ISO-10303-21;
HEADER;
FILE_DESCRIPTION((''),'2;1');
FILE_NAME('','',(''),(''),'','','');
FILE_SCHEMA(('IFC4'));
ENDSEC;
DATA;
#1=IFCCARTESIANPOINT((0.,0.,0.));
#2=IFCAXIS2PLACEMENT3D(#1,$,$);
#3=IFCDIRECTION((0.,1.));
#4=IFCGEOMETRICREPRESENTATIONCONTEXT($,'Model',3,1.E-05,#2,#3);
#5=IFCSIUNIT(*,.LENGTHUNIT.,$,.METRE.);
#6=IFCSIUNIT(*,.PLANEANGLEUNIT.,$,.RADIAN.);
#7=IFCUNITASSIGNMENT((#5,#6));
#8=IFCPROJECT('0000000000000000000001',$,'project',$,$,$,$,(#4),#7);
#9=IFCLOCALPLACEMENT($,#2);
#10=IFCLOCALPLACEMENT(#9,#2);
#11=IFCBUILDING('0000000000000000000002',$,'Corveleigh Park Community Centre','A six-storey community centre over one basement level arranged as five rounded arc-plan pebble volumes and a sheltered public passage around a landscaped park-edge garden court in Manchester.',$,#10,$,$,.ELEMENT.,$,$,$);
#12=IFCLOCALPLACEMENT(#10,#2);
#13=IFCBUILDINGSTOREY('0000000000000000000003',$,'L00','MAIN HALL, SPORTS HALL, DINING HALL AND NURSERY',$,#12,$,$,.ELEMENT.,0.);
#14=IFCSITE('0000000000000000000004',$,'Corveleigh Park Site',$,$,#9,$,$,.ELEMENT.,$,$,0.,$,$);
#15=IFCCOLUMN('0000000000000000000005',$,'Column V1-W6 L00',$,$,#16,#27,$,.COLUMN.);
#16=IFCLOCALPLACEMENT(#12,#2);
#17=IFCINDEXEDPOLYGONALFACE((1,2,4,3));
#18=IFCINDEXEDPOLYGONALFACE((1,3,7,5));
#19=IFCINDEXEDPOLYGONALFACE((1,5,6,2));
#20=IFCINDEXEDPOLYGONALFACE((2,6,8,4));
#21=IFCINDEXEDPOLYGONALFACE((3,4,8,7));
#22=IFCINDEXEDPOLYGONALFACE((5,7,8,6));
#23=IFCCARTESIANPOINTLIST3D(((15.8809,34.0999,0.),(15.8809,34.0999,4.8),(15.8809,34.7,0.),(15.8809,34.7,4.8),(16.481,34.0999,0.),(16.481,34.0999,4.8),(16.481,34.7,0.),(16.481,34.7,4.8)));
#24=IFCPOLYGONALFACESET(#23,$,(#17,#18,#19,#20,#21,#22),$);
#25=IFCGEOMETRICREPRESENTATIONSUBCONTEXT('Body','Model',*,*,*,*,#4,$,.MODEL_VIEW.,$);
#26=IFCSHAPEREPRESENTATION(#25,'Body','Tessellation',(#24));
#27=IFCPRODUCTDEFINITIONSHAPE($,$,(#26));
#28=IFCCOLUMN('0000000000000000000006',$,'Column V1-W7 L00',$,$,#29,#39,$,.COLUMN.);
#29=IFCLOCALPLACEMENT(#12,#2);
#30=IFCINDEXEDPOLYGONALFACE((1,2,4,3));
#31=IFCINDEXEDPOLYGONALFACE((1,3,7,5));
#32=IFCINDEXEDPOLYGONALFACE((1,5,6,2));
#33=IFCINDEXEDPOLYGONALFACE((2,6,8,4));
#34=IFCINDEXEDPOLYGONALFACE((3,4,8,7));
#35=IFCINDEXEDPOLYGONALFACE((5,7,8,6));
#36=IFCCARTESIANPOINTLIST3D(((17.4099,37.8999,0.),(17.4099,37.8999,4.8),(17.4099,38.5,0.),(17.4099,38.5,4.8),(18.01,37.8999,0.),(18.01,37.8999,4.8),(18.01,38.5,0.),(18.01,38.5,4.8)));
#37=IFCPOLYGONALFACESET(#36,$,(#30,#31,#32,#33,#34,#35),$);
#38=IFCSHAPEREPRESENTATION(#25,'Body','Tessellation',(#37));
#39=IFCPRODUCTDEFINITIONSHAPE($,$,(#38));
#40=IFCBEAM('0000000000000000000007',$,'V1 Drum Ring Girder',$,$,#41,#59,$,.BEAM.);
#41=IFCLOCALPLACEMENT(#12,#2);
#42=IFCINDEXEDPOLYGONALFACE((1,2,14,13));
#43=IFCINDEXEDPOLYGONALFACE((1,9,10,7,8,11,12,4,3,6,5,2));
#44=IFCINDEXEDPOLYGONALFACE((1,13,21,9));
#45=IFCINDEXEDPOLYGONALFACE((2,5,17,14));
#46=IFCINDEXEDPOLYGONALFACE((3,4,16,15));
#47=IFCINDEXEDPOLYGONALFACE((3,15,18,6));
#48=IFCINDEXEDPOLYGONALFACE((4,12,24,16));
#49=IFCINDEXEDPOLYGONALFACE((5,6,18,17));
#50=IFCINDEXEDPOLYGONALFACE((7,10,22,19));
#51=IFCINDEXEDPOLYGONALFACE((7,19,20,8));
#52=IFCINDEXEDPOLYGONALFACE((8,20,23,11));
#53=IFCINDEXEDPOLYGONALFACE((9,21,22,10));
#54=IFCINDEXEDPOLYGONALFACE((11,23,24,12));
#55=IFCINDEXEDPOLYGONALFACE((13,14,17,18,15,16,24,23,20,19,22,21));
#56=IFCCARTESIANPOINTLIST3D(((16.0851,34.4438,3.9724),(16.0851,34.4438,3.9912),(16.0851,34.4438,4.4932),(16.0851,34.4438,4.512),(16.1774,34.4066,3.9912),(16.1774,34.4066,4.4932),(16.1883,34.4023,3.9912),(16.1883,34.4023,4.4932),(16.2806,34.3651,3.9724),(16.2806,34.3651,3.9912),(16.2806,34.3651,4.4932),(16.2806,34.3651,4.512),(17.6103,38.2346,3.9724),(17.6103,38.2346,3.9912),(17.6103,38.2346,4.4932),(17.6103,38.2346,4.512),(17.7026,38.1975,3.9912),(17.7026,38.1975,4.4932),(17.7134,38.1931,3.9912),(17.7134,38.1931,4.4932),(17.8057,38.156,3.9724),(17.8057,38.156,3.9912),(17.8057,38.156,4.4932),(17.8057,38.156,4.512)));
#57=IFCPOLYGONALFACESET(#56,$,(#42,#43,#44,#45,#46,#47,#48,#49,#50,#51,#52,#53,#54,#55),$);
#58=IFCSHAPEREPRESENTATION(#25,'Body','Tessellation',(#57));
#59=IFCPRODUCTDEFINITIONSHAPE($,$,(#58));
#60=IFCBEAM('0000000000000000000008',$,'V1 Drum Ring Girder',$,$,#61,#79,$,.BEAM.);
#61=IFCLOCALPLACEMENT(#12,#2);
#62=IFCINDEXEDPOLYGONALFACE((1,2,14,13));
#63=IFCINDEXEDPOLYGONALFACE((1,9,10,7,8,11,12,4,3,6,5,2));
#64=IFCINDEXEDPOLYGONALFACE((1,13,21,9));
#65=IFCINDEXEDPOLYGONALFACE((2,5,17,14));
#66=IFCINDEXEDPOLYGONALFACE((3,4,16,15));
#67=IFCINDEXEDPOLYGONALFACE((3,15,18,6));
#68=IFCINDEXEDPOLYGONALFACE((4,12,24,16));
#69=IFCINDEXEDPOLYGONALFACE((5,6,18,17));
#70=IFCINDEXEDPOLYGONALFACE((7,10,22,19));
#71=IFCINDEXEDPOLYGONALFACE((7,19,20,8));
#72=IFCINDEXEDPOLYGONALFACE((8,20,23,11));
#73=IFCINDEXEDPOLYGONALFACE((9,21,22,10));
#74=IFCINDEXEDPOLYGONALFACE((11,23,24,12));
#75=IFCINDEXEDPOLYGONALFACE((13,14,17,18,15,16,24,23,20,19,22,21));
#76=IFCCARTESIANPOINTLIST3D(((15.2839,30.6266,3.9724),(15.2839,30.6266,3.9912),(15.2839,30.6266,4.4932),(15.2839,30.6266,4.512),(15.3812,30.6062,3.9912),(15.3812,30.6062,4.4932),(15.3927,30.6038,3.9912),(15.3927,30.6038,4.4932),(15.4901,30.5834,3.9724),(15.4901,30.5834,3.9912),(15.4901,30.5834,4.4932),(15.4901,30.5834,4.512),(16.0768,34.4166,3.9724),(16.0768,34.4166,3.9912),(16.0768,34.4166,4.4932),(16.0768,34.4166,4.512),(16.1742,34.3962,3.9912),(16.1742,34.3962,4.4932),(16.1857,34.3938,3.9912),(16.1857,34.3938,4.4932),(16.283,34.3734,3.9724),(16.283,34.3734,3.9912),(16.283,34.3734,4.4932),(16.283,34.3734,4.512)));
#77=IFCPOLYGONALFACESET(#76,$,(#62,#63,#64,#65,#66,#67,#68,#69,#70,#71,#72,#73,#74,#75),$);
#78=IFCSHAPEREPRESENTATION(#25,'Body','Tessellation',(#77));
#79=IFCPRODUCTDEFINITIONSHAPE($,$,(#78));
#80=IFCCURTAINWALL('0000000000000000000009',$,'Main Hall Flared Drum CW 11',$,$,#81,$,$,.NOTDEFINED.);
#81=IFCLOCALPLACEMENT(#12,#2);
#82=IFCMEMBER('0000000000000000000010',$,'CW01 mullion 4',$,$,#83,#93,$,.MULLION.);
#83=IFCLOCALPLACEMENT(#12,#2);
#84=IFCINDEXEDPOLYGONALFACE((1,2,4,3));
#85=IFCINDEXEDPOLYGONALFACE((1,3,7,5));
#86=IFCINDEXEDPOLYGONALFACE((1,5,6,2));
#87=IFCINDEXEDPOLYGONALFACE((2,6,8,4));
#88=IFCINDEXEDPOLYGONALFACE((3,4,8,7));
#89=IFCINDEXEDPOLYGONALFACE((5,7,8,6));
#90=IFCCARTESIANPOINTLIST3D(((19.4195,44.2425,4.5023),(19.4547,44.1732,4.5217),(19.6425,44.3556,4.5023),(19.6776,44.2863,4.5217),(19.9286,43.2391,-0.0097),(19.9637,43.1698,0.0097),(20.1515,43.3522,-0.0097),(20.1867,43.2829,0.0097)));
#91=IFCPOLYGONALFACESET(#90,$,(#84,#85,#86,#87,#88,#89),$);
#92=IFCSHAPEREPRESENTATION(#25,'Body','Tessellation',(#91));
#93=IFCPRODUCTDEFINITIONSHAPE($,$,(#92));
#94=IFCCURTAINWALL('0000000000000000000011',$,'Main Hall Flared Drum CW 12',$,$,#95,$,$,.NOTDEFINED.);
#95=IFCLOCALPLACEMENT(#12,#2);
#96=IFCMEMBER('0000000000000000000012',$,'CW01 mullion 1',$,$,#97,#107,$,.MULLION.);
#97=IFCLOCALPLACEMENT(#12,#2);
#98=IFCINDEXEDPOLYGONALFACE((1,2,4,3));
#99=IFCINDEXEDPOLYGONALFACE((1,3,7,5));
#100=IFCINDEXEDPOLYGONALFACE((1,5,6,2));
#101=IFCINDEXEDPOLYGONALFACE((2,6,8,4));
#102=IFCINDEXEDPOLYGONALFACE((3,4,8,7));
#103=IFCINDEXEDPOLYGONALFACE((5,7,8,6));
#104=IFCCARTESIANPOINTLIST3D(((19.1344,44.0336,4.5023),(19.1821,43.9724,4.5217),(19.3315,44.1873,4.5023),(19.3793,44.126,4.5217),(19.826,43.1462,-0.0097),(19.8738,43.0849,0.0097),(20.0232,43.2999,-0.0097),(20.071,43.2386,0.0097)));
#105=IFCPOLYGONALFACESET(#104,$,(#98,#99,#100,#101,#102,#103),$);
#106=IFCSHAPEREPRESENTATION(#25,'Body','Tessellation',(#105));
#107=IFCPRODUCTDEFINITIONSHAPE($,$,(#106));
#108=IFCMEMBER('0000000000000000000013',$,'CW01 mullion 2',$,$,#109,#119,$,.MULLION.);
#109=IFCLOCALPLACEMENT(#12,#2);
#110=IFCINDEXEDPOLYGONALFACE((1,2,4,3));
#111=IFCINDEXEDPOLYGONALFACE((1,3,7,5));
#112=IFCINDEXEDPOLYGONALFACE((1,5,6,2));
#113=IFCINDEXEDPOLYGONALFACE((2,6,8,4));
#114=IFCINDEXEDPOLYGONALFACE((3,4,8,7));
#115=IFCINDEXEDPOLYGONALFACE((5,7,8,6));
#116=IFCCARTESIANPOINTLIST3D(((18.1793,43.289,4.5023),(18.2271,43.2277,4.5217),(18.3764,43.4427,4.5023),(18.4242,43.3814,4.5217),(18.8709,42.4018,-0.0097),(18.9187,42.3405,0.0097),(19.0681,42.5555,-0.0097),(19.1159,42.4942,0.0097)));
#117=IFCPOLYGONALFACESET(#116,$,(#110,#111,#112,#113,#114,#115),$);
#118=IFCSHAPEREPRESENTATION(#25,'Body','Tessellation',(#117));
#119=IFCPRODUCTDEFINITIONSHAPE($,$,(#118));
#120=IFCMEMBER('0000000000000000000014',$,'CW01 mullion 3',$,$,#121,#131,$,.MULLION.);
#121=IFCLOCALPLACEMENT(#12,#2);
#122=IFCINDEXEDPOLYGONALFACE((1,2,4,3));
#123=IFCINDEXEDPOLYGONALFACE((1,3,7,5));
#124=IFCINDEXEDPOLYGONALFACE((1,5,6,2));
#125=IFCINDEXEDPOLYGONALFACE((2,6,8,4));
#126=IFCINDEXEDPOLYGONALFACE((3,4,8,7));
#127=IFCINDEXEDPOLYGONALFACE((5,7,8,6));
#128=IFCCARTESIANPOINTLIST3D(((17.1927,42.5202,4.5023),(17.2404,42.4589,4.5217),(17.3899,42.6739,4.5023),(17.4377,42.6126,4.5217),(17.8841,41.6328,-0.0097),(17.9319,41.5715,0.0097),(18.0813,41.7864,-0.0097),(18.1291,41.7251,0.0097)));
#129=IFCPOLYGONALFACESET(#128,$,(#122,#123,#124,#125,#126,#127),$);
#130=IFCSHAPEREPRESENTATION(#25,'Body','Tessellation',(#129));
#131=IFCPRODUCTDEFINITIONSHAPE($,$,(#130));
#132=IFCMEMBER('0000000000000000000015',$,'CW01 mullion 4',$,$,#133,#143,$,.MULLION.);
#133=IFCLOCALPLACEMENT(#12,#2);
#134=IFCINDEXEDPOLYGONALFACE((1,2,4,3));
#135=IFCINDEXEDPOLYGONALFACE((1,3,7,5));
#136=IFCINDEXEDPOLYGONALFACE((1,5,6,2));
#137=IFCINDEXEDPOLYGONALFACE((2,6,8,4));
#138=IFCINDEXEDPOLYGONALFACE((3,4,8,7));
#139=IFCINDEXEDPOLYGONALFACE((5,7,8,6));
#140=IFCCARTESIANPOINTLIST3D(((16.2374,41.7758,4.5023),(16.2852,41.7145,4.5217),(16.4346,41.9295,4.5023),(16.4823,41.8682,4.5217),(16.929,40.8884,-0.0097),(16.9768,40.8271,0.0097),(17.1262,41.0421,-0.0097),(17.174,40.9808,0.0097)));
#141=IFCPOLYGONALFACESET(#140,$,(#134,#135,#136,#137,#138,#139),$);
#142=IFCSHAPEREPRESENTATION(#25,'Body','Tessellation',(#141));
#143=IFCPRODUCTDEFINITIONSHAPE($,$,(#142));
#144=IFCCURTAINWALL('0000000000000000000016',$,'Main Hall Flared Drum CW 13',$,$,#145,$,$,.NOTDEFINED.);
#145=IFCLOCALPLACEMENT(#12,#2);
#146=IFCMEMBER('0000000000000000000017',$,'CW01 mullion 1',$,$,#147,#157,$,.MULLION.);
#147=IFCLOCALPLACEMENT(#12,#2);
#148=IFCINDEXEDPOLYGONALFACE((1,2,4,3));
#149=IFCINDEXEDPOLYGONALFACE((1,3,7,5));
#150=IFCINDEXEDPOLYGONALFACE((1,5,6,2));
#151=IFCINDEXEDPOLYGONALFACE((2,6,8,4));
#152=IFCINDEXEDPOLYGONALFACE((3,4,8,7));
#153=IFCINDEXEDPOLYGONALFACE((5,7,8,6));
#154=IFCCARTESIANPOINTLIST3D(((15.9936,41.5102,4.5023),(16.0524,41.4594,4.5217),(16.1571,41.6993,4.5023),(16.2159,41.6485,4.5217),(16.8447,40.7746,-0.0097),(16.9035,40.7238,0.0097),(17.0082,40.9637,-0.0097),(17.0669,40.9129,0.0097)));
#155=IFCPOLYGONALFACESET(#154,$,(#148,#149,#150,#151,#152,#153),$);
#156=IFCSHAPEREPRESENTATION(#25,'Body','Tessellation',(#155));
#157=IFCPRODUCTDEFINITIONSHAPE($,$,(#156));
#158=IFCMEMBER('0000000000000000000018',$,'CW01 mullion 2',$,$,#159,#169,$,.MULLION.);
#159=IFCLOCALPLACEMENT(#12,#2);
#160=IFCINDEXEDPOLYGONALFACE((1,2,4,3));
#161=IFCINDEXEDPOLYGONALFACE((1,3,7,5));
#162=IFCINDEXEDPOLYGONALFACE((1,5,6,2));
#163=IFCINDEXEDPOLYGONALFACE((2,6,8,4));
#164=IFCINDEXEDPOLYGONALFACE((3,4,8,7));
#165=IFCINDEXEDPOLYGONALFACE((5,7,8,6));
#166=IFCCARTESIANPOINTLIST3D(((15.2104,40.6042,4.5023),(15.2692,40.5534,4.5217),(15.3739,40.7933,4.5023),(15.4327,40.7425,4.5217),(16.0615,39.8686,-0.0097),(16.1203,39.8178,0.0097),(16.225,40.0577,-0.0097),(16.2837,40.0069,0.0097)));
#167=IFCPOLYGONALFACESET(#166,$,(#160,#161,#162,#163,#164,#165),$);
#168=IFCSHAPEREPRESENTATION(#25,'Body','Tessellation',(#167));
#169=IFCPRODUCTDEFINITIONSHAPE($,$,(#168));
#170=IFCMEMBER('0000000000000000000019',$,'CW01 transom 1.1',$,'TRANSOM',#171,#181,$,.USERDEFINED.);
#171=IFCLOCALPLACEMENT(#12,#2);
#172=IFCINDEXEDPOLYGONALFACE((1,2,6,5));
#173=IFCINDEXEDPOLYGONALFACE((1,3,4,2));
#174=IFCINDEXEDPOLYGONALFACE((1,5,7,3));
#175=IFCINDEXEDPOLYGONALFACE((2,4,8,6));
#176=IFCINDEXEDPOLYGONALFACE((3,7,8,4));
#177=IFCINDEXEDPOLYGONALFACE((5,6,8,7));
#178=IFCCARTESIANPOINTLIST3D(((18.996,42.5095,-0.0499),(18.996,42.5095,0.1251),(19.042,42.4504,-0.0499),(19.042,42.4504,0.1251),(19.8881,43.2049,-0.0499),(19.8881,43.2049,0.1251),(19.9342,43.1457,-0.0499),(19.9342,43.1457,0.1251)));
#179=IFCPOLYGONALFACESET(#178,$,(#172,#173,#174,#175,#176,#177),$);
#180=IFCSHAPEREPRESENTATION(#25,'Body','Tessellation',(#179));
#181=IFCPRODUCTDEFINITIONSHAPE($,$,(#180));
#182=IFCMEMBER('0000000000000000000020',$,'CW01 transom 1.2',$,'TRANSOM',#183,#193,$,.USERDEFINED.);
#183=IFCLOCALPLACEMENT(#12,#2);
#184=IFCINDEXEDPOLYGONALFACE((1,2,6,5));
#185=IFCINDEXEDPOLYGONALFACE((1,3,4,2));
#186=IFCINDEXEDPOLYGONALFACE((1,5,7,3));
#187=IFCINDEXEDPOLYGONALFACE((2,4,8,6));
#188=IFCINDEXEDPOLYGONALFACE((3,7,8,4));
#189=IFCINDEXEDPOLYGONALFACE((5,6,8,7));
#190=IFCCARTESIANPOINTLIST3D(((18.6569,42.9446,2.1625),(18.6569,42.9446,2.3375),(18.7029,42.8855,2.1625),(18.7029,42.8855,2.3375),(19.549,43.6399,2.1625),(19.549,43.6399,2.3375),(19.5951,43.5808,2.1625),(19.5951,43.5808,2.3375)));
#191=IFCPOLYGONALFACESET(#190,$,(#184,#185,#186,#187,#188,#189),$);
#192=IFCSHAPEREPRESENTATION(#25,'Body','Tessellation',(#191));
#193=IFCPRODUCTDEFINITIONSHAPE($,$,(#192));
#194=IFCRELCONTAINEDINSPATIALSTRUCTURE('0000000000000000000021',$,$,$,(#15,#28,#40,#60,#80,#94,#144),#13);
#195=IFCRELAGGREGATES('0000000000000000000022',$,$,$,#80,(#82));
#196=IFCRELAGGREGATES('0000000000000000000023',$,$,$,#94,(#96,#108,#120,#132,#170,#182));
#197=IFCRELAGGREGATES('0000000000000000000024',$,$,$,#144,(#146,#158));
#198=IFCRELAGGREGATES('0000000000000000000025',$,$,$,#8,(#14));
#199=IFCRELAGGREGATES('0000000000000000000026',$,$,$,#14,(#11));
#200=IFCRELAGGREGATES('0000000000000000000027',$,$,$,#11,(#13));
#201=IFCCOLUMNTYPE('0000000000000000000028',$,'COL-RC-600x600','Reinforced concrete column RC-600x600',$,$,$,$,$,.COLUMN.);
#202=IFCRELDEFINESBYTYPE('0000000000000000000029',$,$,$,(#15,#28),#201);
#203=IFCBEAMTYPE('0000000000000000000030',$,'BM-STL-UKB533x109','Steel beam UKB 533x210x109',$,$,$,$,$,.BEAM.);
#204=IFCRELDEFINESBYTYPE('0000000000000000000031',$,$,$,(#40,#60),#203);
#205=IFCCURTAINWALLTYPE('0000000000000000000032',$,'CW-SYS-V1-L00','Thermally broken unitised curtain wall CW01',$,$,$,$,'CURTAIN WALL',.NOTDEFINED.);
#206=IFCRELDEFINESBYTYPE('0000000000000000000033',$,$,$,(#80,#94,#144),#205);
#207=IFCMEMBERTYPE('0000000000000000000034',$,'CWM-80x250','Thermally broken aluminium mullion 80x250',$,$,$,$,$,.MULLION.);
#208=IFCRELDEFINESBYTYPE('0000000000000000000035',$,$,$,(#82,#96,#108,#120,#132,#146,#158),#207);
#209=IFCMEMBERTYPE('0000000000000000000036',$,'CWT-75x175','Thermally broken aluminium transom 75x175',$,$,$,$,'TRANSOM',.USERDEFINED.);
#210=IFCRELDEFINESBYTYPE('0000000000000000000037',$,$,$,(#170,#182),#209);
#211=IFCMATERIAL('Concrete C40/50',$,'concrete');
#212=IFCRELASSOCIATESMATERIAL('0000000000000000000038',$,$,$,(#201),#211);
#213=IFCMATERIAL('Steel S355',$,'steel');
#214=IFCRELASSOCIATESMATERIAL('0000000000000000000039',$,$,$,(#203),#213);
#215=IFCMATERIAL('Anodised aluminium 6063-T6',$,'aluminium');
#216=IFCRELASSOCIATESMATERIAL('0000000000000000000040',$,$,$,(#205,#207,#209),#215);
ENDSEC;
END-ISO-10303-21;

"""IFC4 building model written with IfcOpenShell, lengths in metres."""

from ifc_helpers import new_model, si_unit, direction, frame, origin, origin_2d, place, context, subcontext, project, spatial, rectangle, i_section, extrude, material, material_profile, profile_set, type_object, element, aggregate, save


model = new_model("IFC4")

# Units and contexts
model_context = context("Model", 3, precision=1e-05, world=origin(), true_north=direction((0.0, 1.0)))
body_context = subcontext(model_context, "Body", "Model", "MODEL_VIEW")
ifc_project = project(units=[si_unit("LENGTHUNIT", "METRE"), si_unit("PLANEANGLEUNIT", "RADIAN")], contexts=[model_context])

# Site, building, storey
site_placement = place(None, origin())
site = spatial("IfcSite", under=ifc_project, at=site_placement, Name="Corveleigh Park Site", CompositionType="ELEMENT", RefElevation=0.0)
building_placement = place(site_placement, origin())
building = spatial("IfcBuilding", under=site, at=building_placement, Name="Corveleigh Park Community Centre", Description="A six-storey community centre over one basement level arranged as five rounded arc-plan pebble volumes and a sheltered public passage around a landscaped park-edge garden court in Manchester.", CompositionType="ELEMENT")
storey_placement = place(building_placement, origin())
storey = spatial("IfcBuildingStorey", under=building, at=storey_placement, Name="L00", Description="MAIN HALL, SPORTS HALL, DINING HALL AND NURSERY", CompositionType="ELEMENT", Elevation=0.0)

# Columns
ifc_material_1 = material(Name="Concrete C40/50", Category="concrete")
ifc_material_profile_1 = material_profile(ifc_material_1, rectangle(XDim=0.6001, YDim=0.6001, at=origin_2d()), Name="RC-600x600", Category="concrete")
ifc_profile_set_1 = profile_set([ifc_material_profile_1], Name="Concrete C40/50")
column_type = type_object("IfcColumnType", Name="COL-RC-600x600", Description="Reinforced concrete column RC-600x600", PredefinedType="COLUMN", material=ifc_profile_set_1)
for number, where, z_axis, x_axis, name in (
    (1, (16.1809, 34.3999, 0.0), (0.0, 0.0, 1.0), (1.0, 0.0, 0.0), "Column V1-W6 L00"),
    (2, (17.71, 38.2, 0.0), (0.0, 0.0, 1.0), (1.0, 0.0, 0.0), "Column V1-W7 L00"),
):
    element("IfcColumn", number, at=place(storey_placement, frame(where, z_axis=z_axis, x_axis=x_axis)), inside=storey, type_object=column_type, Name=name, PredefinedType="COLUMN", context=body_context, shape_type="SweptSolid", body=[
        extrude(rectangle(XDim=0.6001, YDim=0.6001, at=origin_2d()), origin(), (0.0, 0.0, 1.0), 4.8),
    ])

# Beams
ifc_material_2 = material(Name="Steel S355", Category="steel")
ifc_material_profile_2 = material_profile(ifc_material_2, i_section(OverallWidth=0.2107, OverallDepth=0.5396, WebThickness=0.0117, FlangeThickness=0.0188, at=origin_2d()), Name="UKB 533x210x109", Category="steel")
ifc_profile_set_2 = profile_set([ifc_material_profile_2], Name="Steel S355")
beam_type = type_object("IfcBeamType", Name="BM-STL-UKB533x109", Description="Steel beam UKB 533x210x109", PredefinedType="BEAM", material=ifc_profile_set_2)
beam_1_placement = place(storey_placement, frame((17.708, 38.1953, 4.2422), z_axis=(-0.373255, -0.927729, 0.0), x_axis=(0.927729, -0.373255, 0.0)))
element("IfcBeam", 3, at=beam_1_placement, inside=storey, type_object=beam_type, Name="V1 Drum Ring Girder", PredefinedType="BEAM", context=body_context, shape_type="SweptSolid", body=[
    extrude(i_section(OverallWidth=0.2107, OverallDepth=0.5396, WebThickness=0.0117, FlangeThickness=0.0188, at=origin_2d()), origin(), (0.0, 0.0, 1.0), 4.0862),
])
beam_2_placement = place(storey_placement, frame((16.1799, 34.395, 4.2422), z_axis=(-0.20479, -0.978806, 0.0), x_axis=(0.978806, -0.20479, 0.0)))
element("IfcBeam", 4, at=beam_2_placement, inside=storey, type_object=beam_type, Name="V1 Drum Ring Girder", PredefinedType="BEAM", context=body_context, shape_type="SweptSolid", body=[
    extrude(i_section(OverallWidth=0.2107, OverallDepth=0.5396, WebThickness=0.0117, FlangeThickness=0.0188, at=origin_2d()), origin(), (0.0, 0.0, 1.0), 3.8721),
])

# Curtain wall, member
ifc_material_3 = material(Name="Anodised aluminium 6063-T6", Category="aluminium")
curtain_wall_type = type_object("IfcCurtainWallType", Name="CW-SYS-V1-L00", Description="Thermally broken unitised curtain wall CW01", ElementType="CURTAIN WALL", PredefinedType="NOTDEFINED", material=ifc_material_3)
curtain_wall_1_placement = place(storey_placement, origin())
curtain_wall_1 = element("IfcCurtainWall", 5, at=curtain_wall_1_placement, inside=storey, type_object=curtain_wall_type, Name="Main Hall Flared Drum CW 11", PredefinedType="NOTDEFINED")
ifc_material_profile_3 = material_profile(ifc_material_3, rectangle(XDim=0.0801, YDim=0.25, at=origin_2d()), Name="ALU-M80x250", Category="aluminium")
ifc_profile_set_3 = profile_set([ifc_material_profile_3], Name="Anodised aluminium 6063-T6")
member_type_1 = type_object("IfcMemberType", Name="CWM-80x250", Description="Thermally broken aluminium mullion 80x250", PredefinedType="MULLION", material=ifc_profile_set_3)
member_1_placement = place(storey_placement, frame((20.0576, 43.261, 0.0), z_axis=(-0.109466, 0.215782, 0.970286), x_axis=(0.438971, -0.865309, 0.241961)))
member_1 = element("IfcMember", 6, at=member_1_placement, type_object=member_type_1, Name="CW01 mullion 4", PredefinedType="MULLION", context=body_context, shape_type="SweptSolid", body=[
    extrude(rectangle(XDim=0.0801, YDim=0.25, at=origin_2d()), origin(), (0.0, 0.0, 1.0), 4.6501),
])
aggregate(curtain_wall_1, [member_1])

# Curtain walls, members
curtain_wall_2_placement = place(storey_placement, origin())
curtain_wall_2 = element("IfcCurtainWall", 7, at=curtain_wall_2_placement, inside=storey, type_object=curtain_wall_type, Name="Main Hall Flared Drum CW 12", PredefinedType="NOTDEFINED")
member_2_placement = place(storey_placement, frame((19.9485, 43.1924, 0.0), z_axis=(-0.148738, 0.190844, 0.970286), x_axis=(0.596456, -0.765308, 0.241959)))
member_2 = element("IfcMember", 8, at=member_2_placement, type_object=member_type_1, Name="CW01 mullion 1", PredefinedType="MULLION", context=body_context, shape_type="SweptSolid", body=[
    extrude(rectangle(XDim=0.0801, YDim=0.25, at=origin_2d()), origin(), (0.0, 0.0, 1.0), 4.6501),
])
member_3_placement = place(storey_placement, frame((18.9934, 42.448, 0.0), z_axis=(-0.148739, 0.190794, 0.970296), x_axis=(0.596564, -0.765236, 0.241921)))
member_3 = element("IfcMember", 9, at=member_3_placement, type_object=member_type_1, Name="CW01 mullion 2", PredefinedType="MULLION", context=body_context, shape_type="SweptSolid", body=[
    extrude(rectangle(XDim=0.0801, YDim=0.25, at=origin_2d()), origin(), (0.0, 0.0, 1.0), 4.6501),
])
member_4_placement = place(storey_placement, frame((18.0066, 41.679, 0.0), z_axis=(-0.148686, 0.190846, 0.970294), x_axis=(0.596329, -0.765416, 0.241929)))
member_4 = element("IfcMember", 10, at=member_4_placement, type_object=member_type_1, Name="CW01 mullion 3", PredefinedType="MULLION", context=body_context, shape_type="SweptSolid", body=[
    extrude(rectangle(XDim=0.0801, YDim=0.25, at=origin_2d()), origin(), (0.0, 0.0, 1.0), 4.6501),
])
member_5_placement = place(storey_placement, frame((17.0515, 40.9346, 0.0), z_axis=(-0.148738, 0.190844, 0.970286), x_axis=(0.596456, -0.765308, 0.241959)))
member_5 = element("IfcMember", 11, at=member_5_placement, type_object=member_type_1, Name="CW01 mullion 4", PredefinedType="MULLION", context=body_context, shape_type="SweptSolid", body=[
    extrude(rectangle(XDim=0.0801, YDim=0.25, at=origin_2d()), origin(), (0.0, 0.0, 1.0), 4.6501),
])
curtain_wall_3_placement = place(storey_placement, origin())
curtain_wall_3 = element("IfcCurtainWall", 12, at=curtain_wall_3_placement, inside=storey, type_object=curtain_wall_type, Name="Main Hall Flared Drum CW 13", PredefinedType="NOTDEFINED")
member_6_placement = place(storey_placement, frame((16.9558, 40.8438, 0.0), z_axis=(-0.183024, 0.15819, 0.970298), x_axis=(0.734098, -0.634491, 0.241913)))
member_6 = element("IfcMember", 13, at=member_6_placement, type_object=member_type_1, Name="CW01 mullion 1", PredefinedType="MULLION", context=body_context, shape_type="SweptSolid", body=[
    extrude(rectangle(XDim=0.0801, YDim=0.25, at=origin_2d()), origin(), (0.0, 0.0, 1.0), 4.6501),
])
member_7_placement = place(storey_placement, frame((16.1726, 39.9377, 0.0), z_axis=(-0.183024, 0.15819, 0.970298), x_axis=(0.734098, -0.634491, 0.241913)))
member_7 = element("IfcMember", 14, at=member_7_placement, type_object=member_type_1, Name="CW01 mullion 2", PredefinedType="MULLION", context=body_context, shape_type="SweptSolid", body=[
    extrude(rectangle(XDim=0.0801, YDim=0.25, at=origin_2d()), origin(), (0.0, 0.0, 1.0), 4.6501),
])

# Members
ifc_material_profile_4 = material_profile(ifc_material_3, rectangle(XDim=0.075, YDim=0.175, at=origin_2d()), Name="ALU-T75x175", Category="aluminium")
ifc_profile_set_4 = profile_set([ifc_material_profile_4], Name="Anodised aluminium 6063-T6")
member_type_2 = type_object("IfcMemberType", Name="CWT-75x175", Description="Thermally broken aluminium transom 75x175", ElementType="TRANSOM", PredefinedType="USERDEFINED", material=ifc_profile_set_4)
member_8_placement = place(storey_placement, frame((19.9111, 43.1753, 0.0376), z_axis=(-0.788724, -0.614747, 0.0), x_axis=(0.614747, -0.788724, 0.0)))
member_8 = element("IfcMember", 15, at=member_8_placement, type_object=member_type_2, Name="CW01 transom 1.1", ObjectType="TRANSOM", PredefinedType="USERDEFINED", context=body_context, shape_type="SweptSolid", body=[
    extrude(rectangle(XDim=0.075, YDim=0.175, at=origin_2d()), origin(), (0.0, 0.0, 1.0), 1.1311),
])
member_9_placement = place(storey_placement, frame((19.572, 43.6104, 2.25), z_axis=(-0.788724, -0.614747, 0.0), x_axis=(0.614747, -0.788724, 0.0)))
member_9 = element("IfcMember", 16, at=member_9_placement, type_object=member_type_2, Name="CW01 transom 1.2", ObjectType="TRANSOM", PredefinedType="USERDEFINED", context=body_context, shape_type="SweptSolid", body=[
    extrude(rectangle(XDim=0.075, YDim=0.175, at=origin_2d()), origin(), (0.0, 0.0, 1.0), 1.1311),
])

aggregate(curtain_wall_2, [member_2, member_3, member_4, member_5, member_8, member_9])
aggregate(curtain_wall_3, [member_6, member_7])

save(model, "model.ifc")
